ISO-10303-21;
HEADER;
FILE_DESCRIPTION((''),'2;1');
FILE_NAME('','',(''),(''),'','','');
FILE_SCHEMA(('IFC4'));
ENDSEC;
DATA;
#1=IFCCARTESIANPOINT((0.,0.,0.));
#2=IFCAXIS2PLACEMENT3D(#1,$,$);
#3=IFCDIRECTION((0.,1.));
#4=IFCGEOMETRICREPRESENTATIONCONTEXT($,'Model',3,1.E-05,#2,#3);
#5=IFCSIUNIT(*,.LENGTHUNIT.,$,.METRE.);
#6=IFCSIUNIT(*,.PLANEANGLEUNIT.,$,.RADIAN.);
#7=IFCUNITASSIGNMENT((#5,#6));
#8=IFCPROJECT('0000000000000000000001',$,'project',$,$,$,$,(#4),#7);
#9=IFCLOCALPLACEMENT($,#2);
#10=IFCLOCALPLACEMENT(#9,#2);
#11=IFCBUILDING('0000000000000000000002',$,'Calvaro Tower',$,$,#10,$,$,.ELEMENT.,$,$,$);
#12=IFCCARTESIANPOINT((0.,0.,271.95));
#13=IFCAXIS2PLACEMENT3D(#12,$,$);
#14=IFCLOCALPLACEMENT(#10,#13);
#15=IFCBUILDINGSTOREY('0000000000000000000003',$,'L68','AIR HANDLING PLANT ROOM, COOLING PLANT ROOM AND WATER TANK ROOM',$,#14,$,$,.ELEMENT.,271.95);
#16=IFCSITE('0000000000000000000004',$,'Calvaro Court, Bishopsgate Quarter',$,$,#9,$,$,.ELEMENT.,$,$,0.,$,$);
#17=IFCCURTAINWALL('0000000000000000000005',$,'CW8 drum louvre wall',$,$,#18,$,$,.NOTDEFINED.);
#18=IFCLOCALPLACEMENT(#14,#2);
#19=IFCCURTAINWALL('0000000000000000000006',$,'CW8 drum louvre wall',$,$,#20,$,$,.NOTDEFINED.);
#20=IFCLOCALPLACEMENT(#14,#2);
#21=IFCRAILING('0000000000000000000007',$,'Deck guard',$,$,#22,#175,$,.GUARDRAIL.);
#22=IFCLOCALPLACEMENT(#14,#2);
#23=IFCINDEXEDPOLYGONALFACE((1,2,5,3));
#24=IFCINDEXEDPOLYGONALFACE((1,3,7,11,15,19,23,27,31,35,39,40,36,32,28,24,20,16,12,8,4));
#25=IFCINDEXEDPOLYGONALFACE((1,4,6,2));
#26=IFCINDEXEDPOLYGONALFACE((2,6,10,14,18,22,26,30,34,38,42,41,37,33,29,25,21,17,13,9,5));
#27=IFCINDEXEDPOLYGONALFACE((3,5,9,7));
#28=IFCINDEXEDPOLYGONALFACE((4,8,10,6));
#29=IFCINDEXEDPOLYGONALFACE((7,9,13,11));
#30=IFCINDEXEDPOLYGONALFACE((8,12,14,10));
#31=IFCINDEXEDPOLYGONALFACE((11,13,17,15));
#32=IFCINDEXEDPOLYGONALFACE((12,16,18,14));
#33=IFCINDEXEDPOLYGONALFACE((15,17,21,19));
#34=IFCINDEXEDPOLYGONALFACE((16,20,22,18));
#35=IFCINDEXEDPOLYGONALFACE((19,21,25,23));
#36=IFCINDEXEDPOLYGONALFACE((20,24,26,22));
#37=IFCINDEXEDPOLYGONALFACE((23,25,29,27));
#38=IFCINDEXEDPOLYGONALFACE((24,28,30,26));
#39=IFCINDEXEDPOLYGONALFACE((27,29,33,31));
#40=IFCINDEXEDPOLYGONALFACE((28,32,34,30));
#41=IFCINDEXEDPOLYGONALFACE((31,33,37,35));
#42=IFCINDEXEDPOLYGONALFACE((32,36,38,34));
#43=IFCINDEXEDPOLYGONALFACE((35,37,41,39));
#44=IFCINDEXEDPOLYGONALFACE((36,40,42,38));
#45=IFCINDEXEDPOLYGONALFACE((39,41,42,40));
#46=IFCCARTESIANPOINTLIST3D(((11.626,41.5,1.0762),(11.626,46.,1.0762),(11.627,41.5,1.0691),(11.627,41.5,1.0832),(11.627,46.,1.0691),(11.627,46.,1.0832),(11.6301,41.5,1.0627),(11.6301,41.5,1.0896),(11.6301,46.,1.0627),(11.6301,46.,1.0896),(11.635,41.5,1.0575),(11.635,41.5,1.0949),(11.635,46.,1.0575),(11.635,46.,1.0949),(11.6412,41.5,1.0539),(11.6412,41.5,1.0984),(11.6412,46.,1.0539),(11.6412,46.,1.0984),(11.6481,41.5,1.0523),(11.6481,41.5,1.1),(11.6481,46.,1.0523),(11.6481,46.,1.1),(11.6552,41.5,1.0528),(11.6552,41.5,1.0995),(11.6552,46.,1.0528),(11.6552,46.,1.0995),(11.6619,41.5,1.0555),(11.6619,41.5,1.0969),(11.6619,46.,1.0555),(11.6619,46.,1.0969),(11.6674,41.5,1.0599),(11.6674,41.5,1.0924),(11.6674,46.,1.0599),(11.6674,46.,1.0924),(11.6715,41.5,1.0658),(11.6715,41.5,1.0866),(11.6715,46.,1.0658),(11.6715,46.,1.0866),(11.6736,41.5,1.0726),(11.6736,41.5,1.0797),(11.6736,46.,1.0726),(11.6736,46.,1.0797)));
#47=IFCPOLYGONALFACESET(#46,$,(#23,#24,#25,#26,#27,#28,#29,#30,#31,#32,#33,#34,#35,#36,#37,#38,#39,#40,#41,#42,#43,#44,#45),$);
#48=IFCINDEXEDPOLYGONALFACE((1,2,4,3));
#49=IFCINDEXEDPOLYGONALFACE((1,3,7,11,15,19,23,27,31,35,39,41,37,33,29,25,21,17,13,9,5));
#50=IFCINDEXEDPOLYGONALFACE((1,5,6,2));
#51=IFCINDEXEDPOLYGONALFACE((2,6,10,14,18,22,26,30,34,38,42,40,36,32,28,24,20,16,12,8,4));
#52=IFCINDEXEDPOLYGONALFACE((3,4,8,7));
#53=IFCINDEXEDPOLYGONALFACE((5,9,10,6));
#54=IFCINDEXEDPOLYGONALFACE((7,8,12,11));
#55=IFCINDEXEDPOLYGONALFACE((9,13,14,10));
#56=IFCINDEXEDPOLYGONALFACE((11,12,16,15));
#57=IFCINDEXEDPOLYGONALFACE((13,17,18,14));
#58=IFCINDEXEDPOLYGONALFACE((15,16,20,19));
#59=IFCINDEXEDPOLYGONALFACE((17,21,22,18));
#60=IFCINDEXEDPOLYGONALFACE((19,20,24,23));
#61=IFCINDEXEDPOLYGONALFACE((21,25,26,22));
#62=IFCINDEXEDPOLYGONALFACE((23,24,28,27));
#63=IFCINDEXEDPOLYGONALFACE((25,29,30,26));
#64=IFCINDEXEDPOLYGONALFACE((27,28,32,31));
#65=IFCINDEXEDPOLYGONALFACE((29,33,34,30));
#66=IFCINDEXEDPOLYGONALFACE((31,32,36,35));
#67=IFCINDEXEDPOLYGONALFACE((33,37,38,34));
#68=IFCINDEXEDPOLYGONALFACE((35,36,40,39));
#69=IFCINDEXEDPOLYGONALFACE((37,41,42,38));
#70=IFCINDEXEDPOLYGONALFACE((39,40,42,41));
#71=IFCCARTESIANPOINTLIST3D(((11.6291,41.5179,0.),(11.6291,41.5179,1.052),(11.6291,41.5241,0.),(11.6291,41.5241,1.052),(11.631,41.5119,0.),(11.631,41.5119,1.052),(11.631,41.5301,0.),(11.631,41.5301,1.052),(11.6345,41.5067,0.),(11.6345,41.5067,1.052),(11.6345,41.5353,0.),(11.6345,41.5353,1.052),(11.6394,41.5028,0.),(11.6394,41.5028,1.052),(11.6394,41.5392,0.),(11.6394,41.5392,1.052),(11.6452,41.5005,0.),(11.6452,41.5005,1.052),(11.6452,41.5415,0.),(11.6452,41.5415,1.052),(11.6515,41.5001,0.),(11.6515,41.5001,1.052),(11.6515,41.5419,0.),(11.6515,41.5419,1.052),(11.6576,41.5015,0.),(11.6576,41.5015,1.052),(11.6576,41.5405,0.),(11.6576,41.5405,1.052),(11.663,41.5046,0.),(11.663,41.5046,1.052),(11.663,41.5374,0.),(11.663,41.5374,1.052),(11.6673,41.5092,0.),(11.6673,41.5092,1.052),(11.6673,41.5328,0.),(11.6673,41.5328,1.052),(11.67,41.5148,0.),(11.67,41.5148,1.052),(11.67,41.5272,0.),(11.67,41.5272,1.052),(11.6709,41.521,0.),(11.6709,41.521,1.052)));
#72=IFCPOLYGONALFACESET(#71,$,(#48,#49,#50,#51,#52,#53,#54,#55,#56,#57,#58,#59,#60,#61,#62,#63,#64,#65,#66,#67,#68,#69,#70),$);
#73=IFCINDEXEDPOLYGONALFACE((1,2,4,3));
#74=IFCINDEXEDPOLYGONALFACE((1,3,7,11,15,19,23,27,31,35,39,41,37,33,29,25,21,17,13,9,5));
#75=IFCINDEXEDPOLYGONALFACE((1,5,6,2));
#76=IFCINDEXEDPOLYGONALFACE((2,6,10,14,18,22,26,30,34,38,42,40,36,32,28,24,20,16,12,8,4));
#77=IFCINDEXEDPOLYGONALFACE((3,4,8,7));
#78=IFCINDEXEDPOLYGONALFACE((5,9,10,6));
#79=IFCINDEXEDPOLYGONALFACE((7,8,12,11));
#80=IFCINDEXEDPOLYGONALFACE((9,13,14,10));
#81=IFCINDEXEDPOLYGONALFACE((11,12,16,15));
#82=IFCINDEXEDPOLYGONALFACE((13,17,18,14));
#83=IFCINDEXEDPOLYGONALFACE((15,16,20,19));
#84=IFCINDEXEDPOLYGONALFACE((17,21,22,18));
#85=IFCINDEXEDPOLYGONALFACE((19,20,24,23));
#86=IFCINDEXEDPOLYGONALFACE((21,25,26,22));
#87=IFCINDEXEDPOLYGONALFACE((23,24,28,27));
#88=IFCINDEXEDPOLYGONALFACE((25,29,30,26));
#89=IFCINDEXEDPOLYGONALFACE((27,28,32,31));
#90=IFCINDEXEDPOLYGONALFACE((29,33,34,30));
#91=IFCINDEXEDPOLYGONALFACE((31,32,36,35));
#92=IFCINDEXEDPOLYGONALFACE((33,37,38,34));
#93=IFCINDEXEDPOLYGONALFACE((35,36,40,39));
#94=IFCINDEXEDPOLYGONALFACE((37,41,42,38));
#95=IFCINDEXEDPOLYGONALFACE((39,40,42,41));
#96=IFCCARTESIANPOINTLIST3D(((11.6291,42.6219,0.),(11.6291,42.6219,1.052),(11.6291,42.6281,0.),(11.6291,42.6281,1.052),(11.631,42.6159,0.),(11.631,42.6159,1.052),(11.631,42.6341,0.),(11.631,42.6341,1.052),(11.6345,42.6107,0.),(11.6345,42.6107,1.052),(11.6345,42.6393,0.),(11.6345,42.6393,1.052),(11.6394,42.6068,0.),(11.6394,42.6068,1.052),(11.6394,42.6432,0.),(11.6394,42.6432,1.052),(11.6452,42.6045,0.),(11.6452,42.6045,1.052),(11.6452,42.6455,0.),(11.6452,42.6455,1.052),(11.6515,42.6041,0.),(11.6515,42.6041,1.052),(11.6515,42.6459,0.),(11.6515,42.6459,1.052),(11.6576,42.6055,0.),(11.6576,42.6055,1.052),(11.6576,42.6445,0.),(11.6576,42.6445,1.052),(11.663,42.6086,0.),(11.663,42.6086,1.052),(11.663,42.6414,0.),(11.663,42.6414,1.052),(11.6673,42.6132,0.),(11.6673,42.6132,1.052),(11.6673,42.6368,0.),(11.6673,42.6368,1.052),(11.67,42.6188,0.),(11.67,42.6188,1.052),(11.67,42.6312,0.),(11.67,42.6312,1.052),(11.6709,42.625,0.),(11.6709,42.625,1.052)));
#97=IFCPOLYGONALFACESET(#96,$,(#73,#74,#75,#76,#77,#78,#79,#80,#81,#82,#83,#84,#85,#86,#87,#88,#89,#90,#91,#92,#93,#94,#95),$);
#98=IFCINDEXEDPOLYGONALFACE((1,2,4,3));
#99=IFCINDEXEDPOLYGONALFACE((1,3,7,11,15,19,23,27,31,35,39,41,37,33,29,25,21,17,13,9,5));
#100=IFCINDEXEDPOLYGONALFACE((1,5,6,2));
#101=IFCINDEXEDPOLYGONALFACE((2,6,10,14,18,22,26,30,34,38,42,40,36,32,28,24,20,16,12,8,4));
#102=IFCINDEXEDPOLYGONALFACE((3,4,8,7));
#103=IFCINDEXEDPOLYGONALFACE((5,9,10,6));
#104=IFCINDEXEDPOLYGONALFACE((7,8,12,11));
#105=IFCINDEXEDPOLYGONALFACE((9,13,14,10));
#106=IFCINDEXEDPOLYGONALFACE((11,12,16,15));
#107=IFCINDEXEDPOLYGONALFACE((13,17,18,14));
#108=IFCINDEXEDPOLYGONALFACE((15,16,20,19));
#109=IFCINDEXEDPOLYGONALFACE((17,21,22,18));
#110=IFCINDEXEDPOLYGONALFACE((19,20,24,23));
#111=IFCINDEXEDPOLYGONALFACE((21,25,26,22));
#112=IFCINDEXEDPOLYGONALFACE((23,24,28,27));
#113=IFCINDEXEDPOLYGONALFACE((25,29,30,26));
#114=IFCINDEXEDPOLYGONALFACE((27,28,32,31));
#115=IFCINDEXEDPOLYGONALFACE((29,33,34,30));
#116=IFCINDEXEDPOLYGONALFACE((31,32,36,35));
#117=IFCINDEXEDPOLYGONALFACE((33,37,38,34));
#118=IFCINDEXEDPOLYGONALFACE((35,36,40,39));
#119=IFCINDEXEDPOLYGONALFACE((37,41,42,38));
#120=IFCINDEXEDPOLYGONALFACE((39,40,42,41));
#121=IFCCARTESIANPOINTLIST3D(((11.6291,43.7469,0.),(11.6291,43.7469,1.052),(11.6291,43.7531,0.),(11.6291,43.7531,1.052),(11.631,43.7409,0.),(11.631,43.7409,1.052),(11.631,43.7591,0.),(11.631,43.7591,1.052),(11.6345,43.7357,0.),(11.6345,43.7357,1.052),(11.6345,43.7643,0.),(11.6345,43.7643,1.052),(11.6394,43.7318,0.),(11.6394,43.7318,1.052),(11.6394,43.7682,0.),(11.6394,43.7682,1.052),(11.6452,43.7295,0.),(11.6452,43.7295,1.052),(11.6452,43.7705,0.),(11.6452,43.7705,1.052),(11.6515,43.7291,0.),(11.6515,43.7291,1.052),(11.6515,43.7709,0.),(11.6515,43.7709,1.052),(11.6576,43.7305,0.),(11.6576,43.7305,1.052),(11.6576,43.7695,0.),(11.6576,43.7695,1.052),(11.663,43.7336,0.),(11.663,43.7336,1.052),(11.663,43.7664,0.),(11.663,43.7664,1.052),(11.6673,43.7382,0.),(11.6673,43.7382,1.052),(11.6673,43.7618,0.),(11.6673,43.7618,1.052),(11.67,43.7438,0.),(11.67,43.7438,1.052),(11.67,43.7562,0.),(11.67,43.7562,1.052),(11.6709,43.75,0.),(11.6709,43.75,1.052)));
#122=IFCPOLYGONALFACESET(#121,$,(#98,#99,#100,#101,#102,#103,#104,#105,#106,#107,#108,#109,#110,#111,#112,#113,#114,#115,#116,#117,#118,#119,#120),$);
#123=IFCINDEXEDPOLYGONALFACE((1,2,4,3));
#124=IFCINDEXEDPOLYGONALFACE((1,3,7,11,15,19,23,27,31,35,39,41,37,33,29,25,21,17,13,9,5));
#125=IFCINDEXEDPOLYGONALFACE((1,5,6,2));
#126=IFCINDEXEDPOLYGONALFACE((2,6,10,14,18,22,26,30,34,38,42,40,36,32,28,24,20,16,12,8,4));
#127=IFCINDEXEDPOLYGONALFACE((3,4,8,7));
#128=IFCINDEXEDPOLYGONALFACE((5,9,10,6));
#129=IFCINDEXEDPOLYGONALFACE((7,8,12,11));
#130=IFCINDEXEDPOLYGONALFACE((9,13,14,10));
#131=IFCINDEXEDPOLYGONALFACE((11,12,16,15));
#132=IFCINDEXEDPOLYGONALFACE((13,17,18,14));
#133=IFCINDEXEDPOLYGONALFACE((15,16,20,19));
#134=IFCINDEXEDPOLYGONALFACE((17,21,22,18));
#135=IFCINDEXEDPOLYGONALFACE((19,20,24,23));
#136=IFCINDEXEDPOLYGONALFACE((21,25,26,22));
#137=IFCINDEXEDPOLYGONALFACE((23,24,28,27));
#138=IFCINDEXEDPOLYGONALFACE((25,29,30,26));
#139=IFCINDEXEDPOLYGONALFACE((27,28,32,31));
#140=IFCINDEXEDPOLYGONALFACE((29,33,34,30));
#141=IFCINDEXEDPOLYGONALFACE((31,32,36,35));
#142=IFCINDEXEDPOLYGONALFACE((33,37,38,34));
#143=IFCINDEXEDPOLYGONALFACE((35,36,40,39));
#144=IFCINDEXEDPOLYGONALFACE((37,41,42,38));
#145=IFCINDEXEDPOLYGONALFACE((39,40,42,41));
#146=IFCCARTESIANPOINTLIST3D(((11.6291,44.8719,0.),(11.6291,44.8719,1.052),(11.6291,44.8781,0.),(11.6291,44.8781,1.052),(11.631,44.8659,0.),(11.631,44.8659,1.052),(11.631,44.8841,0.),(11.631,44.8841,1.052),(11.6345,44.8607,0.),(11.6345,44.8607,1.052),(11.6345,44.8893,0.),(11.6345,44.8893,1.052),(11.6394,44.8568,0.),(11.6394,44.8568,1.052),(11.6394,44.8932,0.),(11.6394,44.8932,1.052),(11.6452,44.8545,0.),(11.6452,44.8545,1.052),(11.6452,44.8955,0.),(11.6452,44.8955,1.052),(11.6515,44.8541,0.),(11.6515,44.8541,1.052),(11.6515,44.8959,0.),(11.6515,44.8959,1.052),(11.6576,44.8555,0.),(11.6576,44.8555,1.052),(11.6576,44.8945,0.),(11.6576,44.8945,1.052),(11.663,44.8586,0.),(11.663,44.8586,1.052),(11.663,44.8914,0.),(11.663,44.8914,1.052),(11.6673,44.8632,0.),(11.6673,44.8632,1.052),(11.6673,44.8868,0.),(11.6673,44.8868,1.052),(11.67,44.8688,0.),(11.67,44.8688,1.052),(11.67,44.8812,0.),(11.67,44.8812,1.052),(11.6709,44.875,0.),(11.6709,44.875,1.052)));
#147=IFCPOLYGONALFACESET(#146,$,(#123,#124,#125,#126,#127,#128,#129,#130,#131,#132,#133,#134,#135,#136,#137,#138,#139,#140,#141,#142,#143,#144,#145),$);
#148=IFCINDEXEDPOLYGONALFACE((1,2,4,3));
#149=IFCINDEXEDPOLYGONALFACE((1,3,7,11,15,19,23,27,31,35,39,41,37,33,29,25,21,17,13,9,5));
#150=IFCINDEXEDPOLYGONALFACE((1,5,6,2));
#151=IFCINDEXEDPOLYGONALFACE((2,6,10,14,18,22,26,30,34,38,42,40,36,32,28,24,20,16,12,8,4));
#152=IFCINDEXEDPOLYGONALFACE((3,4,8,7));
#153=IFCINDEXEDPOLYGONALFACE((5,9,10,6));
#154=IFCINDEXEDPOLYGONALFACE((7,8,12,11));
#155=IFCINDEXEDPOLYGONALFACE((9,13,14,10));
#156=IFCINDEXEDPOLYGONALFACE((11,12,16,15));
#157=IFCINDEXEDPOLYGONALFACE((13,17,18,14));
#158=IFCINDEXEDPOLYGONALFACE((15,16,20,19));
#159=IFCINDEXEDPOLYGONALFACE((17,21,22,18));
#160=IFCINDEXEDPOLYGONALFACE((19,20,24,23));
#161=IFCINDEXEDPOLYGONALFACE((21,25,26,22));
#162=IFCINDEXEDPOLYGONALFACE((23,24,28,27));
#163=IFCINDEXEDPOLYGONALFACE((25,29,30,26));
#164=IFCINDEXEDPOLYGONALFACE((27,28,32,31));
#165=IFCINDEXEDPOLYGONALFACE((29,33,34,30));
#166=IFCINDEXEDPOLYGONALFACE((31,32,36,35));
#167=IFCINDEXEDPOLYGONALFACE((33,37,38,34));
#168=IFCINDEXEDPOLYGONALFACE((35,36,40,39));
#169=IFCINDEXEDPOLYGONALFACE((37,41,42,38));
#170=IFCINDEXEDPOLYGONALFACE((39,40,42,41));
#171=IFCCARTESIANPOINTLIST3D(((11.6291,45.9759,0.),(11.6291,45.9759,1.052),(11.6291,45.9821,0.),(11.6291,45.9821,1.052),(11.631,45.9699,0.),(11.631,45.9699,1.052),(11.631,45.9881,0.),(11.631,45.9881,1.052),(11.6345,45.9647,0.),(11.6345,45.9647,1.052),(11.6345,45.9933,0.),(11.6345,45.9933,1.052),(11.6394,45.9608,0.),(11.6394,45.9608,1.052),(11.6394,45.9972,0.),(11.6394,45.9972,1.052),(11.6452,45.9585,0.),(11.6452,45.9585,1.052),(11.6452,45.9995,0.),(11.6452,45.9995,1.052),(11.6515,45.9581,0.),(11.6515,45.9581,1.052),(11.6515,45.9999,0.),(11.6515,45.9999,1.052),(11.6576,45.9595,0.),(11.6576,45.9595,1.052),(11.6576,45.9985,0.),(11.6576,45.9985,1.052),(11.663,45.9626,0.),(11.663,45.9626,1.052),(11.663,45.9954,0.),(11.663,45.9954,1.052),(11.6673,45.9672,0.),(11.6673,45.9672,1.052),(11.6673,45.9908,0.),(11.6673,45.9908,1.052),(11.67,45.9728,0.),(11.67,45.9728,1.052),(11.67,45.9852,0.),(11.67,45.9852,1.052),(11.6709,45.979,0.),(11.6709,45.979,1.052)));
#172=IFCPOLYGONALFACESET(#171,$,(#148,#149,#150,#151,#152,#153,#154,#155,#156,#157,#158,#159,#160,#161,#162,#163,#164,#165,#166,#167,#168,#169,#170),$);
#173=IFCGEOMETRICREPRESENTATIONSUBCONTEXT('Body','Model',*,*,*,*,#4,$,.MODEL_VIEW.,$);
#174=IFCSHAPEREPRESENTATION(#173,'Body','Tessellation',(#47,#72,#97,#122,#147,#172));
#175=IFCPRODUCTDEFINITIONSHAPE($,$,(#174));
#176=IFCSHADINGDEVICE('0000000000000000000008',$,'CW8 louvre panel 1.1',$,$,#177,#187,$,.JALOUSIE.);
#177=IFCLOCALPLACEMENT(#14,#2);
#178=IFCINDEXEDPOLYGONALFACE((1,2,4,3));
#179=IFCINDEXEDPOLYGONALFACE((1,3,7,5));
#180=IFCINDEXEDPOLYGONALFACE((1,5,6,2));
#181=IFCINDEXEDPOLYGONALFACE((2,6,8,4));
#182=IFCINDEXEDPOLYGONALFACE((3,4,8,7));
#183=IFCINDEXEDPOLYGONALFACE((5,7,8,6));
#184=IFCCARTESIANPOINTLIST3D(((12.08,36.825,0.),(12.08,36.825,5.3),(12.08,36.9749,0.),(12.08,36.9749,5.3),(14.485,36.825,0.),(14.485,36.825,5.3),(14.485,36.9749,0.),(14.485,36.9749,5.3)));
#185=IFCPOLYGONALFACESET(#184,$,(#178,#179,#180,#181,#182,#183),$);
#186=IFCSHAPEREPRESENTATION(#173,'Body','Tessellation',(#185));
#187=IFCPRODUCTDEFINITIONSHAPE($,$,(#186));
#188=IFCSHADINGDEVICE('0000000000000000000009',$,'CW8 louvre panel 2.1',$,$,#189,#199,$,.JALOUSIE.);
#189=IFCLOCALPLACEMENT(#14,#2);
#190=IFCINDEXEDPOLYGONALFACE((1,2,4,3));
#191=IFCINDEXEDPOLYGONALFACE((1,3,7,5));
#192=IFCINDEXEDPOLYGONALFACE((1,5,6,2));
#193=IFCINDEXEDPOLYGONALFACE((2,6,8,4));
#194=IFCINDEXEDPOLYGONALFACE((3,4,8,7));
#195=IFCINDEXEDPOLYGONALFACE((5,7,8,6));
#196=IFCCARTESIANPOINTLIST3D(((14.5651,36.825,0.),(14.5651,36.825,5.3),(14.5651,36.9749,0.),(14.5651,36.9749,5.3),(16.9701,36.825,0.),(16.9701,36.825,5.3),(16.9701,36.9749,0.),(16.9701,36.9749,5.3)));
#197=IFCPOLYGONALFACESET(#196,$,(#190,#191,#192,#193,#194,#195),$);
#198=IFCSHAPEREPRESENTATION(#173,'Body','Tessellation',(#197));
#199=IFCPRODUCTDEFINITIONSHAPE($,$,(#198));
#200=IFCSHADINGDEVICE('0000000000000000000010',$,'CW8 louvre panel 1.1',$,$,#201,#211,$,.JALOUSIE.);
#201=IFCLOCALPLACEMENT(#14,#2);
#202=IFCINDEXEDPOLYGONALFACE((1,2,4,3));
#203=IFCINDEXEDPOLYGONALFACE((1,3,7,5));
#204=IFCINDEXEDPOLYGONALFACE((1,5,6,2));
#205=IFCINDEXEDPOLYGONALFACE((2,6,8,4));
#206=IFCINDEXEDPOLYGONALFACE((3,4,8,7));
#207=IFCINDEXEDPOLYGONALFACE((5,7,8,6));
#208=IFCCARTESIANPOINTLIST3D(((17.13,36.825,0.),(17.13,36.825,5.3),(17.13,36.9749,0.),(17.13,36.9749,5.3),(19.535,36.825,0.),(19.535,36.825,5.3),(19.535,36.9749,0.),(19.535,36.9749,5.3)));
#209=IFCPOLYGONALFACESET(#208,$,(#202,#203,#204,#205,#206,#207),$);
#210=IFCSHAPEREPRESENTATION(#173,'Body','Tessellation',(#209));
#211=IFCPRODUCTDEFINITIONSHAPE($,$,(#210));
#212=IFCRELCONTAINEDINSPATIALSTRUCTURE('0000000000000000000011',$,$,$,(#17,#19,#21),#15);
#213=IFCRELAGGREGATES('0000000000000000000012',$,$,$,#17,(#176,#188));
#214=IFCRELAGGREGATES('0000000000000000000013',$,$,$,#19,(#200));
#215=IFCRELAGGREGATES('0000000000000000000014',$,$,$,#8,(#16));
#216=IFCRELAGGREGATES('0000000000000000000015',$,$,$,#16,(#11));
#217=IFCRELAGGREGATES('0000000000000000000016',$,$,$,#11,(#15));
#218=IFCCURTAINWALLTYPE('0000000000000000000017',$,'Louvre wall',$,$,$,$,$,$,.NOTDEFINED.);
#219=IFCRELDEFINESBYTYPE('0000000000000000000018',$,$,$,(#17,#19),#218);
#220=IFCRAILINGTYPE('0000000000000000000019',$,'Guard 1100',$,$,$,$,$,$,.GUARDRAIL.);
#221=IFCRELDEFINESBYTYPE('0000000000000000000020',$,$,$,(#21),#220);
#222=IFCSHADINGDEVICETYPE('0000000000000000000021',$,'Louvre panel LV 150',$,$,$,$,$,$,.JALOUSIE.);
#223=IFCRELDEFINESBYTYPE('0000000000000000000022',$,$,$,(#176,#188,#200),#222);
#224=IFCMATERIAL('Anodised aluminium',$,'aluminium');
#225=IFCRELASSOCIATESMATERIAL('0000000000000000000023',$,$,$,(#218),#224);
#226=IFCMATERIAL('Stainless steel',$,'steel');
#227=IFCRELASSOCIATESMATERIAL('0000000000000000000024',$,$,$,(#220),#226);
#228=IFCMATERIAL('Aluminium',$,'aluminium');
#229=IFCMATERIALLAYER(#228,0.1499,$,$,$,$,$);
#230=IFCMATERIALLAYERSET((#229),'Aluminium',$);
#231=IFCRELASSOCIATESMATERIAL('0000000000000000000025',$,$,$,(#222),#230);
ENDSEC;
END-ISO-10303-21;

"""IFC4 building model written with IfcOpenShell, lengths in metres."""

from ifc_helpers import new_model, si_unit, direction, frame, origin, origin_2d, place, context, subcontext, project, spatial, rectangle, circle, extrude, material, layer, layer_set, type_object, element, aggregate, save


model = new_model("IFC4")

# Units and contexts
model_context = context("Model", 3, precision=1e-05, world=origin(), true_north=direction((0.0, 1.0)))
body_context = subcontext(model_context, "Body", "Model", "MODEL_VIEW")
ifc_project = project(units=[si_unit("LENGTHUNIT", "METRE"), si_unit("PLANEANGLEUNIT", "RADIAN")], contexts=[model_context])

# Site, building, storey
site_placement = place(None, origin())
site = spatial("IfcSite", under=ifc_project, at=site_placement, Name="Calvaro Court, Bishopsgate Quarter", CompositionType="ELEMENT", RefElevation=0.0)
building_placement = place(site_placement, origin())
building = spatial("IfcBuilding", under=site, at=building_placement, Name="Calvaro Tower", CompositionType="ELEMENT")
storey_placement = place(building_placement, frame((0.0, 0.0, 271.95)))
storey = spatial("IfcBuildingStorey", under=building, at=storey_placement, Name="L68", Description="AIR HANDLING PLANT ROOM, COOLING PLANT ROOM AND WATER TANK ROOM", CompositionType="ELEMENT", Elevation=271.95)

# Curtain walls
ifc_material_1 = material(Name="Anodised aluminium", Category="aluminium")
curtain_wall_type = type_object("IfcCurtainWallType", Name="Louvre wall", PredefinedType="NOTDEFINED", material=ifc_material_1)
curtain_wall_1_placement = place(storey_placement, origin())
curtain_wall_1 = element("IfcCurtainWall", 1, at=curtain_wall_1_placement, inside=storey, type_object=curtain_wall_type, Name="CW8 drum louvre wall", PredefinedType="NOTDEFINED")
curtain_wall_2_placement = place(storey_placement, origin())
curtain_wall_2 = element("IfcCurtainWall", 2, at=curtain_wall_2_placement, inside=storey, type_object=curtain_wall_type, Name="CW8 drum louvre wall", PredefinedType="NOTDEFINED")

# Railing
ifc_material_2 = material(Name="Stainless steel", Category="steel")
railing_type = type_object("IfcRailingType", Name="Guard 1100", PredefinedType="GUARDRAIL", material=ifc_material_2)
railing_1_placement = place(storey_placement, frame((11.6499, 41.5, 0.0)))
element("IfcRailing", 3, at=railing_1_placement, inside=storey, type_object=railing_type, Name="Deck guard", PredefinedType="GUARDRAIL", context=body_context, shape_type="SweptSolid", body=[
    extrude(circle(Radius=0.0239, at=origin_2d()), frame((0.0, 0.0, 1.0762), z_axis=(0.0, 1.0, 0.0), x_axis=(-1.0, 0.0, 0.0)), (0.0, 0.0, 1.0), 4.5),
    extrude(circle(Radius=0.021, at=origin_2d()), frame((0.0, 0.021, 0.0)), (0.0, 0.0, 1.0), 1.052),
    extrude(circle(Radius=0.021, at=origin_2d()), frame((0.0, 1.125, 0.0)), (0.0, 0.0, 1.0), 1.052),
    extrude(circle(Radius=0.021, at=origin_2d()), frame((0.0, 2.25, 0.0)), (0.0, 0.0, 1.0), 1.052),
    extrude(circle(Radius=0.021, at=origin_2d()), frame((0.0, 3.375, 0.0)), (0.0, 0.0, 1.0), 1.052),
    extrude(circle(Radius=0.021, at=origin_2d()), frame((0.0, 4.479, 0.0)), (0.0, 0.0, 1.0), 1.052),
])

# Shading devices
ifc_material_3 = material(Name="Aluminium", Category="aluminium")
ifc_layer_1 = layer(ifc_material_3, 0.1499)
ifc_layer_set_1 = layer_set([ifc_layer_1], Name="Aluminium")
shading_device_type = type_object("IfcShadingDeviceType", Name="Louvre panel LV 150", PredefinedType="JALOUSIE", material=ifc_layer_set_1)
shading_device_1_placement = place(storey_placement, frame((13.2825, 36.8999, 0.0), z_axis=(0.0, 0.0, 1.0), x_axis=(1.0, 0.0, 0.0)))
shading_device_1 = element("IfcShadingDevice", 4, at=shading_device_1_placement, type_object=shading_device_type, Name="CW8 louvre panel 1.1", PredefinedType="JALOUSIE", context=body_context, shape_type="SweptSolid", body=[
    extrude(rectangle(XDim=2.405, YDim=0.1499, at=origin_2d()), origin(), (0.0, 0.0, 1.0), 5.3),
])
shading_device_2_placement = place(storey_placement, frame((15.7676, 36.8999, 0.0), z_axis=(0.0, 0.0, 1.0), x_axis=(1.0, 0.0, 0.0)))
shading_device_2 = element("IfcShadingDevice", 5, at=shading_device_2_placement, type_object=shading_device_type, Name="CW8 louvre panel 2.1", PredefinedType="JALOUSIE", context=body_context, shape_type="SweptSolid", body=[
    extrude(rectangle(XDim=2.405, YDim=0.1499, at=origin_2d()), origin(), (0.0, 0.0, 1.0), 5.3),
])
aggregate(curtain_wall_1, [shading_device_1, shading_device_2])
shading_device_3_placement = place(storey_placement, frame((18.3325, 36.8999, 0.0), z_axis=(0.0, 0.0, 1.0), x_axis=(1.0, 0.0, 0.0)))
shading_device_3 = element("IfcShadingDevice", 6, at=shading_device_3_placement, type_object=shading_device_type, Name="CW8 louvre panel 1.1", PredefinedType="JALOUSIE", context=body_context, shape_type="SweptSolid", body=[
    extrude(rectangle(XDim=2.405, YDim=0.1499, at=origin_2d()), origin(), (0.0, 0.0, 1.0), 5.3),
])
aggregate(curtain_wall_2, [shading_device_3])

save(model, "model.ifc")
